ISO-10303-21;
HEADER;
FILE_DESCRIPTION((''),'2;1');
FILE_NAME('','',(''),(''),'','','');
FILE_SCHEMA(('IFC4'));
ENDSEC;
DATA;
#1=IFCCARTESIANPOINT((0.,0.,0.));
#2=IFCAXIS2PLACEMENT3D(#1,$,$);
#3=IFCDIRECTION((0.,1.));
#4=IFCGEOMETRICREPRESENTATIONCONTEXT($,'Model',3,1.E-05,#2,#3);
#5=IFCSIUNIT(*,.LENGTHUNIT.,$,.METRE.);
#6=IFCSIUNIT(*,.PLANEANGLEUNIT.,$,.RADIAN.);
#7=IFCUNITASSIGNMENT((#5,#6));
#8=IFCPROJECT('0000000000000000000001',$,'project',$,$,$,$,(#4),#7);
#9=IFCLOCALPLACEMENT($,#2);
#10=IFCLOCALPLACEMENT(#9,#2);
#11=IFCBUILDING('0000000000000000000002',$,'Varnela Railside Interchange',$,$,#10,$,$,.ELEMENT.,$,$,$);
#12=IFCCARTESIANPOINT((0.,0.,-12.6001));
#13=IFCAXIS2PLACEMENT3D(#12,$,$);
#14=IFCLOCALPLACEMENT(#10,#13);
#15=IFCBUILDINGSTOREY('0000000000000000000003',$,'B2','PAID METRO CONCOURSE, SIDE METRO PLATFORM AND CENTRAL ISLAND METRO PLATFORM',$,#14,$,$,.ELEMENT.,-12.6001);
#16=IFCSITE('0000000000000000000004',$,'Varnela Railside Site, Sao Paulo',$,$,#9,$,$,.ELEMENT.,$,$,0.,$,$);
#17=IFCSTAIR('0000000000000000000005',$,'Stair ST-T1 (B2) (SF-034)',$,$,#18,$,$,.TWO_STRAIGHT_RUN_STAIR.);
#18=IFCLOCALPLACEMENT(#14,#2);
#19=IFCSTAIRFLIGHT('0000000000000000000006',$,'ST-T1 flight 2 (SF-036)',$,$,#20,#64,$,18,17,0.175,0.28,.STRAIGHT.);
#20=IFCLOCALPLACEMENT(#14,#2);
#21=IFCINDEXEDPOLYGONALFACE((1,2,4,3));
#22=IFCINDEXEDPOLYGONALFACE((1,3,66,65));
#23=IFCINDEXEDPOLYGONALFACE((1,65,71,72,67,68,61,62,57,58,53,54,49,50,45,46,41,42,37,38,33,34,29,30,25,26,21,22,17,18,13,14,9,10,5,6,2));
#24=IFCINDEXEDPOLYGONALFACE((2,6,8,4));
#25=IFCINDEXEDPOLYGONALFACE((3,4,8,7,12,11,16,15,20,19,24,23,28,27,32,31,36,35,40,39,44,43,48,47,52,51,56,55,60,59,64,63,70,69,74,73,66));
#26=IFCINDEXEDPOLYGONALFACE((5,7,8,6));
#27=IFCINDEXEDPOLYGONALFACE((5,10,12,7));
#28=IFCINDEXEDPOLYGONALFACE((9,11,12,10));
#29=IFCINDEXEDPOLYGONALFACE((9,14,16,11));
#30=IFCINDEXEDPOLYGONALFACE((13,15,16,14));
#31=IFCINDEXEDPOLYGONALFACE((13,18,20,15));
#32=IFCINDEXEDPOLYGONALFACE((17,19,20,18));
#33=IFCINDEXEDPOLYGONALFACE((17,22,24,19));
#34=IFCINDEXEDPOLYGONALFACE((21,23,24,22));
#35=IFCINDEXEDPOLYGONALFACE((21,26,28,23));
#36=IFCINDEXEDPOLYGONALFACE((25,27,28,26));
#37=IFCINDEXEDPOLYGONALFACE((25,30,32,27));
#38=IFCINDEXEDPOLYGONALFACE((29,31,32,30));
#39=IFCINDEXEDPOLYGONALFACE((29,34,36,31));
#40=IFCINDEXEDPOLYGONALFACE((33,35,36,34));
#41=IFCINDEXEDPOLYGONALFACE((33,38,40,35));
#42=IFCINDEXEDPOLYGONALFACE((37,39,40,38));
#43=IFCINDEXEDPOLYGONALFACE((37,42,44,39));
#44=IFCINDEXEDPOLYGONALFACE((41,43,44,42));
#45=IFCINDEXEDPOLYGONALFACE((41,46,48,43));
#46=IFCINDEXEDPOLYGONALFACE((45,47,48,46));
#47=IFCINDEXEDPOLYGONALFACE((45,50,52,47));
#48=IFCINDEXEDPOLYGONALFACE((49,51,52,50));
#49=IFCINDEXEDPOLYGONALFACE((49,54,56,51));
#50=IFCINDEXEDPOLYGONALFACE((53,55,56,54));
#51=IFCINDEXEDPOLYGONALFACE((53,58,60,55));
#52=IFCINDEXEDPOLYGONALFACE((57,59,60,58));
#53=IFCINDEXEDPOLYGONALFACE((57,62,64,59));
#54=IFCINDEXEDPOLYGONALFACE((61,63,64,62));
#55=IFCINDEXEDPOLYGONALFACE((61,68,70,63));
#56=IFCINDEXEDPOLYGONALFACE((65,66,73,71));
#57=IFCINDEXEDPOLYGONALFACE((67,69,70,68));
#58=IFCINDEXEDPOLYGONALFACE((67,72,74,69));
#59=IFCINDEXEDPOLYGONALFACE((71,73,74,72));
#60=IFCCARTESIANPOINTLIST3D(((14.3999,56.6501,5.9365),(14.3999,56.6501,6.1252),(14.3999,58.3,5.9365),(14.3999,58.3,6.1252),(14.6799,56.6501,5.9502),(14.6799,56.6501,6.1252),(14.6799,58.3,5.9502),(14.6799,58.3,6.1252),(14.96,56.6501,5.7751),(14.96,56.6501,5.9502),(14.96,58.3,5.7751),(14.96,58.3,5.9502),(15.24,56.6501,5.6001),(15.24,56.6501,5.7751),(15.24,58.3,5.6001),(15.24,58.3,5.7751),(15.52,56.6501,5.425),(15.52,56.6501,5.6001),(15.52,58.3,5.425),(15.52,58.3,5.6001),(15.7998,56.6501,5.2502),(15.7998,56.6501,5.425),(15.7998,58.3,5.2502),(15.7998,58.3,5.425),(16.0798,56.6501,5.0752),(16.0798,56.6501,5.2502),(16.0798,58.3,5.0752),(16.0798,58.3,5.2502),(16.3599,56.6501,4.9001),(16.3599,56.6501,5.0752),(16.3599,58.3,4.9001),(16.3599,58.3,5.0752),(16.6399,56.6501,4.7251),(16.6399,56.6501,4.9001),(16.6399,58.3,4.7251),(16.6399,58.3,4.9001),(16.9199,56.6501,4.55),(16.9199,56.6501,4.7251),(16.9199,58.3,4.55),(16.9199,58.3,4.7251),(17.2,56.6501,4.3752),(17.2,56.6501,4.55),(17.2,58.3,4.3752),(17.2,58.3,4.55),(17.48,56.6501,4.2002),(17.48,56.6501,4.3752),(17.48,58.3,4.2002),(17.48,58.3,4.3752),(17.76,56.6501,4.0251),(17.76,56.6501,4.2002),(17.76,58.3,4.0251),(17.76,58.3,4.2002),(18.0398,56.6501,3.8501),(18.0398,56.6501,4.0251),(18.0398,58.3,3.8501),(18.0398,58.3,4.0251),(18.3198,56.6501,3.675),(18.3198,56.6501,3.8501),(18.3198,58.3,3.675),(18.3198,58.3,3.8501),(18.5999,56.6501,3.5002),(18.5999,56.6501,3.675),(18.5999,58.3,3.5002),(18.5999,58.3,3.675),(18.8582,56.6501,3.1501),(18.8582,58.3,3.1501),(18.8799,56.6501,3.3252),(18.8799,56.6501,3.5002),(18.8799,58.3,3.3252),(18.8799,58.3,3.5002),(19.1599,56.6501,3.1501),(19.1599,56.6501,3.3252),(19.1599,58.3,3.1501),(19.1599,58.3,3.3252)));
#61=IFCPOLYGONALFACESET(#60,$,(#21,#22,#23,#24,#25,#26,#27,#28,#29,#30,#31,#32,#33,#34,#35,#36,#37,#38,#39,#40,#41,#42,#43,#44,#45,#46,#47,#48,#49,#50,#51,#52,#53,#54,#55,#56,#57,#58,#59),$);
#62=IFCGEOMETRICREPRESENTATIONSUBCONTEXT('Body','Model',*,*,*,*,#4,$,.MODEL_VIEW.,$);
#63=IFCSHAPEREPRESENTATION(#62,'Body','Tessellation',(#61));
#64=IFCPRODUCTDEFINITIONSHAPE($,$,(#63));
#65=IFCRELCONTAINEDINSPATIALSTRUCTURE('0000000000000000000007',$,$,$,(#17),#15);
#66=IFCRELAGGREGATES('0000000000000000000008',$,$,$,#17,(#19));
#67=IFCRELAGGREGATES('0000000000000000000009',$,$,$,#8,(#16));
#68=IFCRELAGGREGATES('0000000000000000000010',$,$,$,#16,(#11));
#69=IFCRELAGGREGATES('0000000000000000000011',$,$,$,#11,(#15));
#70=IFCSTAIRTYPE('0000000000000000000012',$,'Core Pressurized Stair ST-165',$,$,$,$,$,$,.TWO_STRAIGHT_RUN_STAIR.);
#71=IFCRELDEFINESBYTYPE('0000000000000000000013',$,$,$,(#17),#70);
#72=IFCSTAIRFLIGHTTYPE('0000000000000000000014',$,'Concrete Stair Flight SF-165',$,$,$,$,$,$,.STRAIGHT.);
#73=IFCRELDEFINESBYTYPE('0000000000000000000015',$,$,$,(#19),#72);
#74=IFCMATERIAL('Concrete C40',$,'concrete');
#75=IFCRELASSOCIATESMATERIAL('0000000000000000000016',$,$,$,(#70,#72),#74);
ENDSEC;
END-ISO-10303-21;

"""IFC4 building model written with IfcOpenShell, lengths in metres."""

from ifc_helpers import new_model, si_unit, direction, frame, origin, place, context, subcontext, project, spatial, polyline, outline, extrude, material, type_object, element, aggregate, save


model = new_model("IFC4")

# Units and contexts
model_context = context("Model", 3, precision=1e-05, world=origin(), true_north=direction((0.0, 1.0)))
body_context = subcontext(model_context, "Body", "Model", "MODEL_VIEW")
ifc_project = project(units=[si_unit("LENGTHUNIT", "METRE"), si_unit("PLANEANGLEUNIT", "RADIAN")], contexts=[model_context])

# Site, building, storey
site_placement = place(None, origin())
site = spatial("IfcSite", under=ifc_project, at=site_placement, Name="Varnela Railside Site, Sao Paulo", CompositionType="ELEMENT", RefElevation=0.0)
building_placement = place(site_placement, origin())
building = spatial("IfcBuilding", under=site, at=building_placement, Name="Varnela Railside Interchange", CompositionType="ELEMENT")
storey_placement = place(building_placement, frame((0.0, 0.0, -12.6001)))
storey = spatial("IfcBuildingStorey", under=building, at=storey_placement, Name="B2", Description="PAID METRO CONCOURSE, SIDE METRO PLATFORM AND CENTRAL ISLAND METRO PLATFORM", CompositionType="ELEMENT", Elevation=-12.6001)

# Shared definitions
ifc_material_1 = material(Name="Concrete C40", Category="concrete")

# Stair, stair flight
stair_type = type_object("IfcStairType", Name="Core Pressurized Stair ST-165", PredefinedType="TWO_STRAIGHT_RUN_STAIR", material=ifc_material_1)
stair_placement = place(storey_placement, origin())
stair = element("IfcStair", 1, at=stair_placement, inside=storey, type_object=stair_type, Name="Stair ST-T1 (B2) (SF-034)", PredefinedType="TWO_STRAIGHT_RUN_STAIR")
stair_flight_type = type_object("IfcStairFlightType", Name="Concrete Stair Flight SF-165", PredefinedType="STRAIGHT", material=ifc_material_1)
stair_flight_placement = place(storey_placement, frame((19.1599, 57.4751, 3.1501), z_axis=(0.0, 0.0, 1.0), x_axis=(-1.0, 0.0, 0.0)))
stair_flight = element("IfcStairFlight", 2, at=stair_flight_placement, type_object=stair_flight_type, Name="ST-T1 flight 2 (SF-036)", NumberOfRisers=18, NumberOfTreads=17, PredefinedType="STRAIGHT", RiserHeight=0.175, TreadLength=0.28, context=body_context, shape_type="SweptSolid", body=[
    extrude(outline(polyline([(0.0, 0.0), (0.0, 0.175), (0.28, 0.175), (0.28, 0.3501), (0.5601, 0.3501), (0.5601, 0.5249), (0.8401, 0.5249), (0.8401, 0.7), (1.1201, 0.7), (1.1201, 0.875), (1.3999, 0.875), (1.3999, 1.05), (1.6799, 1.05), (1.6799, 1.2251), (1.96, 1.2251), (1.96, 1.3999), (2.24, 1.3999), (2.24, 1.575), (2.52, 1.575), (2.52, 1.75), (2.8, 1.75), (2.8, 1.925), (3.0801, 1.925), (3.0801, 2.1001), (3.3601, 2.1001), (3.3601, 2.2749), (3.6399, 2.2749), (3.6399, 2.45), (3.9199, 2.45), (3.9199, 2.625), (4.2, 2.625), (4.2, 2.8), (4.48, 2.8), (4.48, 2.9751), (4.76, 2.9751), (4.76, 3.1499), (4.76, 2.7864), (0.3018, 0.0), (0.0, 0.0)])), frame((0.0, 0.825, 0.0), z_axis=(0.0, -1.0, 0.0), x_axis=(1.0, 0.0, 0.0)), (0.0, 0.0, 1.0), 1.6499),
])
aggregate(stair, [stair_flight])

save(model, "model.ifc")
